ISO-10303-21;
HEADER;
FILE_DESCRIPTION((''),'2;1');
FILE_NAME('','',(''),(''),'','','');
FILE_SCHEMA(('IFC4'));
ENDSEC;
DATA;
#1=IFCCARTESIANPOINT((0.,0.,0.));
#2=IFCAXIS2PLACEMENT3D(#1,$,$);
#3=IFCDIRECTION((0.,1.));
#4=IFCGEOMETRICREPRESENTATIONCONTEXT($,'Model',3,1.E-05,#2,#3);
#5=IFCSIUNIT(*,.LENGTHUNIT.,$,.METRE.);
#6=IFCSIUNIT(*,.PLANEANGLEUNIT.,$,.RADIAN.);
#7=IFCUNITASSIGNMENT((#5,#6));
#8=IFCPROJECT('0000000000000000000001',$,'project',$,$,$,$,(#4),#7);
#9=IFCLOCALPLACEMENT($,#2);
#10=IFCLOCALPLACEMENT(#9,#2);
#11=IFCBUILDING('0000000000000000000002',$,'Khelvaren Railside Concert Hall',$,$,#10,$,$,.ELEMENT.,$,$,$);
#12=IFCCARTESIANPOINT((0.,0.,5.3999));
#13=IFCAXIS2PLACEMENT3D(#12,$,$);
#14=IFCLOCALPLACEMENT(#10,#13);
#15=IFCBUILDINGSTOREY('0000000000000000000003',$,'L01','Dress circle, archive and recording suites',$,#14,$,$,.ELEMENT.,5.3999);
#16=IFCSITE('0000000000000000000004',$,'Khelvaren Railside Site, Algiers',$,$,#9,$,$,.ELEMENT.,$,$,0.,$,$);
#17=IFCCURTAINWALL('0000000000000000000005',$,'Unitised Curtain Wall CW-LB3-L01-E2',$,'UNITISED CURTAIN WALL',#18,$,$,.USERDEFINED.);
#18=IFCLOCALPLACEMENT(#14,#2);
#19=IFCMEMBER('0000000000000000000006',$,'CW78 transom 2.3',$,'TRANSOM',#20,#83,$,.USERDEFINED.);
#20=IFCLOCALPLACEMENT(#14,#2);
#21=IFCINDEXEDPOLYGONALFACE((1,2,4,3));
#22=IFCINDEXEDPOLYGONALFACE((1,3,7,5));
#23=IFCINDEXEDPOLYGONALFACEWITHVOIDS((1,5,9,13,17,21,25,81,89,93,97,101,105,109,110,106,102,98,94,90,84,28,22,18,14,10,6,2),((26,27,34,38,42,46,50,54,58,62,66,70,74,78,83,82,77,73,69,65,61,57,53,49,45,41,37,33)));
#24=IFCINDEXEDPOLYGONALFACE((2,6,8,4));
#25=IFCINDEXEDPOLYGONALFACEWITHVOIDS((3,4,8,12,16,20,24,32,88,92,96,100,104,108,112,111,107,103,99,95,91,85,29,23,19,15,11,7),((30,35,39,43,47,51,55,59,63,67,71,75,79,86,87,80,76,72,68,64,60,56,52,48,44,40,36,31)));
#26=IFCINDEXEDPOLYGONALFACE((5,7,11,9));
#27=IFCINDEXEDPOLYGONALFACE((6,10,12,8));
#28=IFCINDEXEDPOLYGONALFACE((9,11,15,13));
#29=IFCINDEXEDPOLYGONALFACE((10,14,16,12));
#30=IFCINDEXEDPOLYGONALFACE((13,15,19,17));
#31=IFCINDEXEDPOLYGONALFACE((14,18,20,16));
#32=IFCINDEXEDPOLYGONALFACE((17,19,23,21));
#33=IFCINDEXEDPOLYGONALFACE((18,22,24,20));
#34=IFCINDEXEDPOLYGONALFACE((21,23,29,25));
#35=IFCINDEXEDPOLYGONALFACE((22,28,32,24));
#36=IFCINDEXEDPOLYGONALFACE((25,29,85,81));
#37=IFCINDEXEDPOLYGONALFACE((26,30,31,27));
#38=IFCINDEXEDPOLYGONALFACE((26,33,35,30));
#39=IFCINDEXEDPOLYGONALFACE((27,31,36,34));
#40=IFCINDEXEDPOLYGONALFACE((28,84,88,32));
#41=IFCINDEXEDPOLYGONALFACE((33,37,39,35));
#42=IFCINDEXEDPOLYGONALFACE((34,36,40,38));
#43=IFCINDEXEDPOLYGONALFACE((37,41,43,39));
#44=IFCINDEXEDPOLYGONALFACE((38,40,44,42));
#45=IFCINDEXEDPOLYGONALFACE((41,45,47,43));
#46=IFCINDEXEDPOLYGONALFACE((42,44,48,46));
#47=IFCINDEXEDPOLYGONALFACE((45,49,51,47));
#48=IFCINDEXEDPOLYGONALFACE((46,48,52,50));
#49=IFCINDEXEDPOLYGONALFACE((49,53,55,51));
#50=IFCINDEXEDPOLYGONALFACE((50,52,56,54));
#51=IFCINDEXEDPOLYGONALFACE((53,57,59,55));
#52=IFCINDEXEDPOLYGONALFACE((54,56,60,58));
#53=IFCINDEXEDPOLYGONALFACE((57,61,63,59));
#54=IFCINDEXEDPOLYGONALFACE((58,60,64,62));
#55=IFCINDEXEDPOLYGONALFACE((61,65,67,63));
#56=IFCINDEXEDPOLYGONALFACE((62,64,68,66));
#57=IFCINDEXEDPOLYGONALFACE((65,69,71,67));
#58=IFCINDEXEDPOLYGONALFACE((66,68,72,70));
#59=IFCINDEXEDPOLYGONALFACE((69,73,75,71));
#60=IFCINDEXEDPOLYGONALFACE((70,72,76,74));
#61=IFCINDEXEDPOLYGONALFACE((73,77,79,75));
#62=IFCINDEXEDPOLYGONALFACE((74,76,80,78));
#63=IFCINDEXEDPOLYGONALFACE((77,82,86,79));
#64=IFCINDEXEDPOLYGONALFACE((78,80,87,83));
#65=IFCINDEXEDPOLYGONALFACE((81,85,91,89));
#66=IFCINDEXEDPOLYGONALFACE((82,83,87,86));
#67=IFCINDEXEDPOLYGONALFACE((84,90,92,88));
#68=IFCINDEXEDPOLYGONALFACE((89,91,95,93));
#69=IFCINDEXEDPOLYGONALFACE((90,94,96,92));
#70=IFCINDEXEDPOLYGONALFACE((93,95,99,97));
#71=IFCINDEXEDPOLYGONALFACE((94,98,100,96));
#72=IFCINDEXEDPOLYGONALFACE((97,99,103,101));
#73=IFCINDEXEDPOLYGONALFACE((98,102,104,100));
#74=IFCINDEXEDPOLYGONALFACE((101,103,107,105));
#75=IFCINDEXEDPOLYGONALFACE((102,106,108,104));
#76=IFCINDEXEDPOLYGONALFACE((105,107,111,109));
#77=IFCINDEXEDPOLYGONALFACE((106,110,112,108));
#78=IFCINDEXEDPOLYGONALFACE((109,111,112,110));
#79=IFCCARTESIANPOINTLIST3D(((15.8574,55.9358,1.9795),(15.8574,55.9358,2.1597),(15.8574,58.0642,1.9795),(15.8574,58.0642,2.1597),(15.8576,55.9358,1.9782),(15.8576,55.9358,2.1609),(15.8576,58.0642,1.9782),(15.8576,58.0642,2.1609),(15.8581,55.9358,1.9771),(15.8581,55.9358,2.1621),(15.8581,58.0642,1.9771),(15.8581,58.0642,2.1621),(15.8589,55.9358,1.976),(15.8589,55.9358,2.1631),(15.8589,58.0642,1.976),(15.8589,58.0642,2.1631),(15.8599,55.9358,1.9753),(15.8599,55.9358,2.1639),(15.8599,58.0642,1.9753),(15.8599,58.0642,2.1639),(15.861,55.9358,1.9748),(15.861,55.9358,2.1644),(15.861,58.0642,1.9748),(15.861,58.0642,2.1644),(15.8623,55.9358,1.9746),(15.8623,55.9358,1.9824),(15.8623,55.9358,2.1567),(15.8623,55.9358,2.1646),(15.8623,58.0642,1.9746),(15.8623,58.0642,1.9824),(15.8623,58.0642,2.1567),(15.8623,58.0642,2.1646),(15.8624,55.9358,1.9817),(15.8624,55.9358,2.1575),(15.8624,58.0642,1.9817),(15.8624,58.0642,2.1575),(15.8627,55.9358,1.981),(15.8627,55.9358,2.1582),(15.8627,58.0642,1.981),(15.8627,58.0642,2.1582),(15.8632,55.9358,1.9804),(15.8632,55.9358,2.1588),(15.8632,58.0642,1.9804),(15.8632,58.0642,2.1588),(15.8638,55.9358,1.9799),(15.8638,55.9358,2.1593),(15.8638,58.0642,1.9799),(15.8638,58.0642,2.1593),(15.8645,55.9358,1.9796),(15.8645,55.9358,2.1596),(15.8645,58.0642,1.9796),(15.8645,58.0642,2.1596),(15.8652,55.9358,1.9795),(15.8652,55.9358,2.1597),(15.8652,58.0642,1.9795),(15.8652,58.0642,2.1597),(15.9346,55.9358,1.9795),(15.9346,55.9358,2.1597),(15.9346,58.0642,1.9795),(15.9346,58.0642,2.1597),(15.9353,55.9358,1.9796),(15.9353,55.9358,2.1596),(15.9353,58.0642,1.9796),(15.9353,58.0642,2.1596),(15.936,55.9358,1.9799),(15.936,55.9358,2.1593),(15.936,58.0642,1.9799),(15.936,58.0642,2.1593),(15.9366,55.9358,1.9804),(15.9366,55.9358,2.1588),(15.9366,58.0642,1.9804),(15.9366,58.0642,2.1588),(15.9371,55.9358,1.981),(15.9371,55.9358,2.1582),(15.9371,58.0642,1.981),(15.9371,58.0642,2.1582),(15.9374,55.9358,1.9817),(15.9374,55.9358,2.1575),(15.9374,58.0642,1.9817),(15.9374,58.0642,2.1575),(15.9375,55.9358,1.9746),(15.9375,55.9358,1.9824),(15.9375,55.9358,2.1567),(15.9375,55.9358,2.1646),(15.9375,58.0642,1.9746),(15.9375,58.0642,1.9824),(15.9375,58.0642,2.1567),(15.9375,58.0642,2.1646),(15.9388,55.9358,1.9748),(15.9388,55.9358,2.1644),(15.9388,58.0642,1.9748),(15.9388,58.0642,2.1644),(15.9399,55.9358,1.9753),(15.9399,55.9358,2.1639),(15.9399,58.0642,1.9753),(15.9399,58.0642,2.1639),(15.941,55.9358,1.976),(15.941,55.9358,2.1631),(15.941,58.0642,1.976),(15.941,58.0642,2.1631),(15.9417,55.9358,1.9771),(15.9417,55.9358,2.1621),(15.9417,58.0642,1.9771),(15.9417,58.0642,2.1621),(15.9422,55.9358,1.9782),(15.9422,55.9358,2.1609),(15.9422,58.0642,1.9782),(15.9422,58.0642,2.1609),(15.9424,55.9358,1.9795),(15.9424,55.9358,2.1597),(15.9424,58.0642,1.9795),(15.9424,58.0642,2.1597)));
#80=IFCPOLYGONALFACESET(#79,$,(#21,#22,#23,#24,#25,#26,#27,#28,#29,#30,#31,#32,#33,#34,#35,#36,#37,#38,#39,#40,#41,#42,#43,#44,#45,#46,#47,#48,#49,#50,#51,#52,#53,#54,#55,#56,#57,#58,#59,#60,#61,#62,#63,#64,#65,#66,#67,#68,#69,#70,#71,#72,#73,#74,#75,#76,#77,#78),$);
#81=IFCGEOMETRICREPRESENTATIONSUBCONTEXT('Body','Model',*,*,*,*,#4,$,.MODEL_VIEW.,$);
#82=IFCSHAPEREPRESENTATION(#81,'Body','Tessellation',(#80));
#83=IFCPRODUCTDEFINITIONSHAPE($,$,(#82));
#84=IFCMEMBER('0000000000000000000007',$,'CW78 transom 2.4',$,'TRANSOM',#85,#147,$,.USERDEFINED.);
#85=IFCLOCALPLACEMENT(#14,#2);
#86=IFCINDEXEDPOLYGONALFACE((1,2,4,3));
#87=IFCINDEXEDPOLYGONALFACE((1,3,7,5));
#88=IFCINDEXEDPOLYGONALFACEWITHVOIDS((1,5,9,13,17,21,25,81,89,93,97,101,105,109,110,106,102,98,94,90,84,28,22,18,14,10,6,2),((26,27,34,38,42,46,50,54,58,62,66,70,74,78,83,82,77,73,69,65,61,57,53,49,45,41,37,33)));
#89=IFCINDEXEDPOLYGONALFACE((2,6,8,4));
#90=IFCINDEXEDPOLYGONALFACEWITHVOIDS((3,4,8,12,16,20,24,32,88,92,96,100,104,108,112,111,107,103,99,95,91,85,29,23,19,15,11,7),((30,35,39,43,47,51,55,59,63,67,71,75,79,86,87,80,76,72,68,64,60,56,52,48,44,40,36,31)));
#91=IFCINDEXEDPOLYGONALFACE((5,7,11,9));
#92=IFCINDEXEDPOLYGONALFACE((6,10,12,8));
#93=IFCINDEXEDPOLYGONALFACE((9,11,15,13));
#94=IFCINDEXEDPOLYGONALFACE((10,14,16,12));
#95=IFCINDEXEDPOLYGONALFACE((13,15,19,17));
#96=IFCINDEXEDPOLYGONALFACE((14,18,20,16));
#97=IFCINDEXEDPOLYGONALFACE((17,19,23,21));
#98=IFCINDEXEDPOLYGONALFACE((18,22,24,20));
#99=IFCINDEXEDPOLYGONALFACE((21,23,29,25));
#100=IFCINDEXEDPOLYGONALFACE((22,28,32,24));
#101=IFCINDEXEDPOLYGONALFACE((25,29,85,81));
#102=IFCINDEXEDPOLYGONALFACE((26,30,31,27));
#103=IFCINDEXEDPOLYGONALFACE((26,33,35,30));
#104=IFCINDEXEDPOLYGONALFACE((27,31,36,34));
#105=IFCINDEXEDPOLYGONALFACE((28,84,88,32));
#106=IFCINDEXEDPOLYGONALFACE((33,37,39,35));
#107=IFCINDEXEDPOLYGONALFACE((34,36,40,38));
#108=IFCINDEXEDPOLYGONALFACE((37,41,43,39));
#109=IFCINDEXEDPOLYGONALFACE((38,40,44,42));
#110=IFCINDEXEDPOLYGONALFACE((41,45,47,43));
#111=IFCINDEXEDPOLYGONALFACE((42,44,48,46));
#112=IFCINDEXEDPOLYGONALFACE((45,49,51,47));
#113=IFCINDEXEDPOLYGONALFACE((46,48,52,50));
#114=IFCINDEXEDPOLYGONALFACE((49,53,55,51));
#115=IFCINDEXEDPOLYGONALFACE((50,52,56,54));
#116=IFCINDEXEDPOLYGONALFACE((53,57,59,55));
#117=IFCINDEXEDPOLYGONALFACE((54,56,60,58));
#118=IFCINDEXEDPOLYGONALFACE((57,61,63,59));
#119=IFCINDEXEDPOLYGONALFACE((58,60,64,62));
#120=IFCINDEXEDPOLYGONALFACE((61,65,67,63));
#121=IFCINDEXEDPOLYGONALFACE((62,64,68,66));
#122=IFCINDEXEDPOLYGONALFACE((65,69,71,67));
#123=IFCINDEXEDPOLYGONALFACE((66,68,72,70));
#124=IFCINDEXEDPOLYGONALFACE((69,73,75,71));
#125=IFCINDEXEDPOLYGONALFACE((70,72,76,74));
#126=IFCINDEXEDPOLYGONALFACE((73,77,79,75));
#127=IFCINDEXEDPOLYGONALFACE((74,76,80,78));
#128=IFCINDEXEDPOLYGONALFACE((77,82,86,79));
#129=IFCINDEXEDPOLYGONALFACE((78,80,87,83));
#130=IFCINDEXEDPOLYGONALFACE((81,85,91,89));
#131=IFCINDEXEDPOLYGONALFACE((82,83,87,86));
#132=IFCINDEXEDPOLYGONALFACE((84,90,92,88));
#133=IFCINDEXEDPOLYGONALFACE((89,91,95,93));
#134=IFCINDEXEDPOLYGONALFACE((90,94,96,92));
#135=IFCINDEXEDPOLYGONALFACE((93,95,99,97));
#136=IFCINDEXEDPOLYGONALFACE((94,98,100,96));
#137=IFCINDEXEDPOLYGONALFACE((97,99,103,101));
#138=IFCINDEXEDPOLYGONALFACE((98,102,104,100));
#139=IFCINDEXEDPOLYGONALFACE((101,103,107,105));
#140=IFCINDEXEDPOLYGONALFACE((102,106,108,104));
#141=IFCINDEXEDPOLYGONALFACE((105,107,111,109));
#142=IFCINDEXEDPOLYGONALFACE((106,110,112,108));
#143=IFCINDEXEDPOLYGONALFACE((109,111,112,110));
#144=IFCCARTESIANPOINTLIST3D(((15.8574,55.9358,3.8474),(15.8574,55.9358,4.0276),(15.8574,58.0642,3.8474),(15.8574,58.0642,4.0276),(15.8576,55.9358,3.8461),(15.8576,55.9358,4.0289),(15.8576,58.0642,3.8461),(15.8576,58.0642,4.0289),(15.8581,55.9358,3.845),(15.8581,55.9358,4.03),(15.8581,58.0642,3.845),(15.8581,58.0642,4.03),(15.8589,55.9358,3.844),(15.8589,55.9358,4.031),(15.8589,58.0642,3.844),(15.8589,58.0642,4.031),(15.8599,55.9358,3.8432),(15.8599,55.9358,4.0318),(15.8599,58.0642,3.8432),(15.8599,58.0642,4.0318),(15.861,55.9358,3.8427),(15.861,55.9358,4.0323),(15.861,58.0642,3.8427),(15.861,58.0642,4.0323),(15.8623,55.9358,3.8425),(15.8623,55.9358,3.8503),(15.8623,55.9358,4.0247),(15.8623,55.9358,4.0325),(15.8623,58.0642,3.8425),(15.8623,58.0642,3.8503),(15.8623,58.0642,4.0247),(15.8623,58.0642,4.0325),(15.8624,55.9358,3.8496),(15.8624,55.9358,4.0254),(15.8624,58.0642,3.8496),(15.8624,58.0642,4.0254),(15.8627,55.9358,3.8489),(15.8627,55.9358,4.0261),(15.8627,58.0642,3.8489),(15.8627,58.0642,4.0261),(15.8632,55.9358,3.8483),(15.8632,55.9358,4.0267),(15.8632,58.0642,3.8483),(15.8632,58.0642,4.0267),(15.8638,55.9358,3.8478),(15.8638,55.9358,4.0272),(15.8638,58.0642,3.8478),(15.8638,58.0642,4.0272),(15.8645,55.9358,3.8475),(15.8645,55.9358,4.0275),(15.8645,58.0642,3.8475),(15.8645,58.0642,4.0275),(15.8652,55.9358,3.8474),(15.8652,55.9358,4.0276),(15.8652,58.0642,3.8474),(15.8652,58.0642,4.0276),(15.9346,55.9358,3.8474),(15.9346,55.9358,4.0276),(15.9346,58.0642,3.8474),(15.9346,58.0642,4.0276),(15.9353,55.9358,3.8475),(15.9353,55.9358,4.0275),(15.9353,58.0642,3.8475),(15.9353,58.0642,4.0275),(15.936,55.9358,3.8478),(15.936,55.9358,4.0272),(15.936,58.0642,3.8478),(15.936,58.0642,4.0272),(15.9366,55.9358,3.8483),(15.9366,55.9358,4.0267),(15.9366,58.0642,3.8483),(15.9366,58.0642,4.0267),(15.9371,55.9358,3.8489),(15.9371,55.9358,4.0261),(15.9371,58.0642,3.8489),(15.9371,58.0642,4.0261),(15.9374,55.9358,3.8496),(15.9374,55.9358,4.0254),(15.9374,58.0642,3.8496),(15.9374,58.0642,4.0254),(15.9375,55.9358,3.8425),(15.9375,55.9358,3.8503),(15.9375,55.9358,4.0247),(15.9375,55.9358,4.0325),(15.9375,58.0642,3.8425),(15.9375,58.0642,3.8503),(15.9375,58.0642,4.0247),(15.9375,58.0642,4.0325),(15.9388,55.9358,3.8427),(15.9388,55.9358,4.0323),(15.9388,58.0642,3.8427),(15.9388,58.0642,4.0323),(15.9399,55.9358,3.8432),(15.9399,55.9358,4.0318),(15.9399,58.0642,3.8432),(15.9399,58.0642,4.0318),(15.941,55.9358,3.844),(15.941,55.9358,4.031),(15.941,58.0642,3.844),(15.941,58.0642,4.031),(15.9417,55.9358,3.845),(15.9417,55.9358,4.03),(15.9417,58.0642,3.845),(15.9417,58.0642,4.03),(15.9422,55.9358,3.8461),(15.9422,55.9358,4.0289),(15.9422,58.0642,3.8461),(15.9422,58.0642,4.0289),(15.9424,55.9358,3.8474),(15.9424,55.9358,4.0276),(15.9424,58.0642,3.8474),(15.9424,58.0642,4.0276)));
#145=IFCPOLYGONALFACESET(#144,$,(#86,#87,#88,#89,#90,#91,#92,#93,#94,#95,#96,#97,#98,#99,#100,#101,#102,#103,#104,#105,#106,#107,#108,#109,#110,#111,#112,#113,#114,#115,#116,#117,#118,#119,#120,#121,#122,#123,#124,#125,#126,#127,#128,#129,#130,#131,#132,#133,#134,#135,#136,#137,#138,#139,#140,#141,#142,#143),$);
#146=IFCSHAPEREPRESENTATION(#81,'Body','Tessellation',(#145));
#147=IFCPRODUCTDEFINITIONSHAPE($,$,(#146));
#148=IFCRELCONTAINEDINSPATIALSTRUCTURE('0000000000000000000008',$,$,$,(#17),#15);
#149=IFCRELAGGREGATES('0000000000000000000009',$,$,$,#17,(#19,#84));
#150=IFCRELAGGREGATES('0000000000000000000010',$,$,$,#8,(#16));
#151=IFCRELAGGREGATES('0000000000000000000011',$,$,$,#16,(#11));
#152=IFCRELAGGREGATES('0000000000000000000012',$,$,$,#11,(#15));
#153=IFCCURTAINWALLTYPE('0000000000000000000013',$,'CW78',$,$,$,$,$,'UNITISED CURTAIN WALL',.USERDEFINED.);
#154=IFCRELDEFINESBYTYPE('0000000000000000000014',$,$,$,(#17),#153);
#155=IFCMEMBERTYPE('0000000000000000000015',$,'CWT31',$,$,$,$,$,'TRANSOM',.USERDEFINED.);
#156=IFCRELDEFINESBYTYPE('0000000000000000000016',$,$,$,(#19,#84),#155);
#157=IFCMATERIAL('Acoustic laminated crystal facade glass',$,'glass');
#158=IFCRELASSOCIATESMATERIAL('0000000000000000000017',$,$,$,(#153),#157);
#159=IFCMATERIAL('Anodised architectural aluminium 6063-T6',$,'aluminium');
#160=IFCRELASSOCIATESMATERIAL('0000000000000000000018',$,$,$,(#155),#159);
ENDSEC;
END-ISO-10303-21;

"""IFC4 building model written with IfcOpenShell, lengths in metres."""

from ifc_helpers import new_model, si_unit, direction, frame, origin, origin_2d, place, context, subcontext, project, spatial, hollow_rectangle, extrude, material, material_profile, profile_set, type_object, element, aggregate, save


model = new_model("IFC4")

# Units and contexts
model_context = context("Model", 3, precision=1e-05, world=origin(), true_north=direction((0.0, 1.0)))
body_context = subcontext(model_context, "Body", "Model", "MODEL_VIEW")
ifc_project = project(units=[si_unit("LENGTHUNIT", "METRE"), si_unit("PLANEANGLEUNIT", "RADIAN")], contexts=[model_context])

# Site, building, storey
site_placement = place(None, origin())
site = spatial("IfcSite", under=ifc_project, at=site_placement, Name="Khelvaren Railside Site, Algiers", CompositionType="ELEMENT", RefElevation=0.0)
building_placement = place(site_placement, origin())
building = spatial("IfcBuilding", under=site, at=building_placement, Name="Khelvaren Railside Concert Hall", CompositionType="ELEMENT")
storey_placement = place(building_placement, frame((0.0, 0.0, 5.3999)))
storey = spatial("IfcBuildingStorey", under=building, at=storey_placement, Name="L01", Description="Dress circle, archive and recording suites", CompositionType="ELEMENT", Elevation=5.3999)

# Curtain wall
ifc_material_1 = material(Name="Acoustic laminated crystal facade glass", Category="glass")
curtain_wall_type = type_object("IfcCurtainWallType", Name="CW78", ElementType="UNITISED CURTAIN WALL", PredefinedType="USERDEFINED", material=ifc_material_1)
curtain_wall_1_placement = place(storey_placement, origin())
curtain_wall_1 = element("IfcCurtainWall", 1, at=curtain_wall_1_placement, inside=storey, type_object=curtain_wall_type, Name="Unitised Curtain Wall CW-LB3-L01-E2", ObjectType="UNITISED CURTAIN WALL", PredefinedType="USERDEFINED")
ifc_material_2 = material(Name="Anodised architectural aluminium 6063-T6", Category="aluminium")

# Members
ifc_material_profile_1 = material_profile(ifc_material_2, hollow_rectangle(XDim=0.085, YDim=0.1899, WallThickness=0.0049, InnerFilletRadius=0.0029, OuterFilletRadius=0.0049, at=origin_2d()), Name="CWT 85x190x5")
ifc_profile_set_1 = profile_set([ifc_material_profile_1], Name="Anodised architectural aluminium 6063-T6")
member_type_1 = type_object("IfcMemberType", Name="CWT31", ElementType="TRANSOM", PredefinedType="USERDEFINED", material=ifc_profile_set_1)
member_1_placement = place(storey_placement, frame((15.8999, 58.0642, 2.0696), z_axis=(0.0, -1.0, 0.0), x_axis=(1.0, 0.0, 0.0)))
member_1 = element("IfcMember", 2, at=member_1_placement, type_object=member_type_1, Name="CW78 transom 2.3", ObjectType="TRANSOM", PredefinedType="USERDEFINED", context=body_context, shape_type="SweptSolid", body=[
    extrude(hollow_rectangle(XDim=0.085, YDim=0.1899, WallThickness=0.0049, InnerFilletRadius=0.0029, OuterFilletRadius=0.0049, at=origin_2d()), origin(), (0.0, 0.0, 1.0), 2.1284),
])
member_2_placement = place(storey_placement, frame((15.8999, 58.0642, 3.9375), z_axis=(0.0, -1.0, 0.0), x_axis=(1.0, 0.0, 0.0)))
member_2 = element("IfcMember", 3, at=member_2_placement, type_object=member_type_1, Name="CW78 transom 2.4", ObjectType="TRANSOM", PredefinedType="USERDEFINED", context=body_context, shape_type="SweptSolid", body=[
    extrude(hollow_rectangle(XDim=0.085, YDim=0.1899, WallThickness=0.0049, InnerFilletRadius=0.0029, OuterFilletRadius=0.0049, at=origin_2d()), origin(), (0.0, 0.0, 1.0), 2.1284),
])

aggregate(curtain_wall_1, [member_1, member_2])

save(model, "model.ifc")
